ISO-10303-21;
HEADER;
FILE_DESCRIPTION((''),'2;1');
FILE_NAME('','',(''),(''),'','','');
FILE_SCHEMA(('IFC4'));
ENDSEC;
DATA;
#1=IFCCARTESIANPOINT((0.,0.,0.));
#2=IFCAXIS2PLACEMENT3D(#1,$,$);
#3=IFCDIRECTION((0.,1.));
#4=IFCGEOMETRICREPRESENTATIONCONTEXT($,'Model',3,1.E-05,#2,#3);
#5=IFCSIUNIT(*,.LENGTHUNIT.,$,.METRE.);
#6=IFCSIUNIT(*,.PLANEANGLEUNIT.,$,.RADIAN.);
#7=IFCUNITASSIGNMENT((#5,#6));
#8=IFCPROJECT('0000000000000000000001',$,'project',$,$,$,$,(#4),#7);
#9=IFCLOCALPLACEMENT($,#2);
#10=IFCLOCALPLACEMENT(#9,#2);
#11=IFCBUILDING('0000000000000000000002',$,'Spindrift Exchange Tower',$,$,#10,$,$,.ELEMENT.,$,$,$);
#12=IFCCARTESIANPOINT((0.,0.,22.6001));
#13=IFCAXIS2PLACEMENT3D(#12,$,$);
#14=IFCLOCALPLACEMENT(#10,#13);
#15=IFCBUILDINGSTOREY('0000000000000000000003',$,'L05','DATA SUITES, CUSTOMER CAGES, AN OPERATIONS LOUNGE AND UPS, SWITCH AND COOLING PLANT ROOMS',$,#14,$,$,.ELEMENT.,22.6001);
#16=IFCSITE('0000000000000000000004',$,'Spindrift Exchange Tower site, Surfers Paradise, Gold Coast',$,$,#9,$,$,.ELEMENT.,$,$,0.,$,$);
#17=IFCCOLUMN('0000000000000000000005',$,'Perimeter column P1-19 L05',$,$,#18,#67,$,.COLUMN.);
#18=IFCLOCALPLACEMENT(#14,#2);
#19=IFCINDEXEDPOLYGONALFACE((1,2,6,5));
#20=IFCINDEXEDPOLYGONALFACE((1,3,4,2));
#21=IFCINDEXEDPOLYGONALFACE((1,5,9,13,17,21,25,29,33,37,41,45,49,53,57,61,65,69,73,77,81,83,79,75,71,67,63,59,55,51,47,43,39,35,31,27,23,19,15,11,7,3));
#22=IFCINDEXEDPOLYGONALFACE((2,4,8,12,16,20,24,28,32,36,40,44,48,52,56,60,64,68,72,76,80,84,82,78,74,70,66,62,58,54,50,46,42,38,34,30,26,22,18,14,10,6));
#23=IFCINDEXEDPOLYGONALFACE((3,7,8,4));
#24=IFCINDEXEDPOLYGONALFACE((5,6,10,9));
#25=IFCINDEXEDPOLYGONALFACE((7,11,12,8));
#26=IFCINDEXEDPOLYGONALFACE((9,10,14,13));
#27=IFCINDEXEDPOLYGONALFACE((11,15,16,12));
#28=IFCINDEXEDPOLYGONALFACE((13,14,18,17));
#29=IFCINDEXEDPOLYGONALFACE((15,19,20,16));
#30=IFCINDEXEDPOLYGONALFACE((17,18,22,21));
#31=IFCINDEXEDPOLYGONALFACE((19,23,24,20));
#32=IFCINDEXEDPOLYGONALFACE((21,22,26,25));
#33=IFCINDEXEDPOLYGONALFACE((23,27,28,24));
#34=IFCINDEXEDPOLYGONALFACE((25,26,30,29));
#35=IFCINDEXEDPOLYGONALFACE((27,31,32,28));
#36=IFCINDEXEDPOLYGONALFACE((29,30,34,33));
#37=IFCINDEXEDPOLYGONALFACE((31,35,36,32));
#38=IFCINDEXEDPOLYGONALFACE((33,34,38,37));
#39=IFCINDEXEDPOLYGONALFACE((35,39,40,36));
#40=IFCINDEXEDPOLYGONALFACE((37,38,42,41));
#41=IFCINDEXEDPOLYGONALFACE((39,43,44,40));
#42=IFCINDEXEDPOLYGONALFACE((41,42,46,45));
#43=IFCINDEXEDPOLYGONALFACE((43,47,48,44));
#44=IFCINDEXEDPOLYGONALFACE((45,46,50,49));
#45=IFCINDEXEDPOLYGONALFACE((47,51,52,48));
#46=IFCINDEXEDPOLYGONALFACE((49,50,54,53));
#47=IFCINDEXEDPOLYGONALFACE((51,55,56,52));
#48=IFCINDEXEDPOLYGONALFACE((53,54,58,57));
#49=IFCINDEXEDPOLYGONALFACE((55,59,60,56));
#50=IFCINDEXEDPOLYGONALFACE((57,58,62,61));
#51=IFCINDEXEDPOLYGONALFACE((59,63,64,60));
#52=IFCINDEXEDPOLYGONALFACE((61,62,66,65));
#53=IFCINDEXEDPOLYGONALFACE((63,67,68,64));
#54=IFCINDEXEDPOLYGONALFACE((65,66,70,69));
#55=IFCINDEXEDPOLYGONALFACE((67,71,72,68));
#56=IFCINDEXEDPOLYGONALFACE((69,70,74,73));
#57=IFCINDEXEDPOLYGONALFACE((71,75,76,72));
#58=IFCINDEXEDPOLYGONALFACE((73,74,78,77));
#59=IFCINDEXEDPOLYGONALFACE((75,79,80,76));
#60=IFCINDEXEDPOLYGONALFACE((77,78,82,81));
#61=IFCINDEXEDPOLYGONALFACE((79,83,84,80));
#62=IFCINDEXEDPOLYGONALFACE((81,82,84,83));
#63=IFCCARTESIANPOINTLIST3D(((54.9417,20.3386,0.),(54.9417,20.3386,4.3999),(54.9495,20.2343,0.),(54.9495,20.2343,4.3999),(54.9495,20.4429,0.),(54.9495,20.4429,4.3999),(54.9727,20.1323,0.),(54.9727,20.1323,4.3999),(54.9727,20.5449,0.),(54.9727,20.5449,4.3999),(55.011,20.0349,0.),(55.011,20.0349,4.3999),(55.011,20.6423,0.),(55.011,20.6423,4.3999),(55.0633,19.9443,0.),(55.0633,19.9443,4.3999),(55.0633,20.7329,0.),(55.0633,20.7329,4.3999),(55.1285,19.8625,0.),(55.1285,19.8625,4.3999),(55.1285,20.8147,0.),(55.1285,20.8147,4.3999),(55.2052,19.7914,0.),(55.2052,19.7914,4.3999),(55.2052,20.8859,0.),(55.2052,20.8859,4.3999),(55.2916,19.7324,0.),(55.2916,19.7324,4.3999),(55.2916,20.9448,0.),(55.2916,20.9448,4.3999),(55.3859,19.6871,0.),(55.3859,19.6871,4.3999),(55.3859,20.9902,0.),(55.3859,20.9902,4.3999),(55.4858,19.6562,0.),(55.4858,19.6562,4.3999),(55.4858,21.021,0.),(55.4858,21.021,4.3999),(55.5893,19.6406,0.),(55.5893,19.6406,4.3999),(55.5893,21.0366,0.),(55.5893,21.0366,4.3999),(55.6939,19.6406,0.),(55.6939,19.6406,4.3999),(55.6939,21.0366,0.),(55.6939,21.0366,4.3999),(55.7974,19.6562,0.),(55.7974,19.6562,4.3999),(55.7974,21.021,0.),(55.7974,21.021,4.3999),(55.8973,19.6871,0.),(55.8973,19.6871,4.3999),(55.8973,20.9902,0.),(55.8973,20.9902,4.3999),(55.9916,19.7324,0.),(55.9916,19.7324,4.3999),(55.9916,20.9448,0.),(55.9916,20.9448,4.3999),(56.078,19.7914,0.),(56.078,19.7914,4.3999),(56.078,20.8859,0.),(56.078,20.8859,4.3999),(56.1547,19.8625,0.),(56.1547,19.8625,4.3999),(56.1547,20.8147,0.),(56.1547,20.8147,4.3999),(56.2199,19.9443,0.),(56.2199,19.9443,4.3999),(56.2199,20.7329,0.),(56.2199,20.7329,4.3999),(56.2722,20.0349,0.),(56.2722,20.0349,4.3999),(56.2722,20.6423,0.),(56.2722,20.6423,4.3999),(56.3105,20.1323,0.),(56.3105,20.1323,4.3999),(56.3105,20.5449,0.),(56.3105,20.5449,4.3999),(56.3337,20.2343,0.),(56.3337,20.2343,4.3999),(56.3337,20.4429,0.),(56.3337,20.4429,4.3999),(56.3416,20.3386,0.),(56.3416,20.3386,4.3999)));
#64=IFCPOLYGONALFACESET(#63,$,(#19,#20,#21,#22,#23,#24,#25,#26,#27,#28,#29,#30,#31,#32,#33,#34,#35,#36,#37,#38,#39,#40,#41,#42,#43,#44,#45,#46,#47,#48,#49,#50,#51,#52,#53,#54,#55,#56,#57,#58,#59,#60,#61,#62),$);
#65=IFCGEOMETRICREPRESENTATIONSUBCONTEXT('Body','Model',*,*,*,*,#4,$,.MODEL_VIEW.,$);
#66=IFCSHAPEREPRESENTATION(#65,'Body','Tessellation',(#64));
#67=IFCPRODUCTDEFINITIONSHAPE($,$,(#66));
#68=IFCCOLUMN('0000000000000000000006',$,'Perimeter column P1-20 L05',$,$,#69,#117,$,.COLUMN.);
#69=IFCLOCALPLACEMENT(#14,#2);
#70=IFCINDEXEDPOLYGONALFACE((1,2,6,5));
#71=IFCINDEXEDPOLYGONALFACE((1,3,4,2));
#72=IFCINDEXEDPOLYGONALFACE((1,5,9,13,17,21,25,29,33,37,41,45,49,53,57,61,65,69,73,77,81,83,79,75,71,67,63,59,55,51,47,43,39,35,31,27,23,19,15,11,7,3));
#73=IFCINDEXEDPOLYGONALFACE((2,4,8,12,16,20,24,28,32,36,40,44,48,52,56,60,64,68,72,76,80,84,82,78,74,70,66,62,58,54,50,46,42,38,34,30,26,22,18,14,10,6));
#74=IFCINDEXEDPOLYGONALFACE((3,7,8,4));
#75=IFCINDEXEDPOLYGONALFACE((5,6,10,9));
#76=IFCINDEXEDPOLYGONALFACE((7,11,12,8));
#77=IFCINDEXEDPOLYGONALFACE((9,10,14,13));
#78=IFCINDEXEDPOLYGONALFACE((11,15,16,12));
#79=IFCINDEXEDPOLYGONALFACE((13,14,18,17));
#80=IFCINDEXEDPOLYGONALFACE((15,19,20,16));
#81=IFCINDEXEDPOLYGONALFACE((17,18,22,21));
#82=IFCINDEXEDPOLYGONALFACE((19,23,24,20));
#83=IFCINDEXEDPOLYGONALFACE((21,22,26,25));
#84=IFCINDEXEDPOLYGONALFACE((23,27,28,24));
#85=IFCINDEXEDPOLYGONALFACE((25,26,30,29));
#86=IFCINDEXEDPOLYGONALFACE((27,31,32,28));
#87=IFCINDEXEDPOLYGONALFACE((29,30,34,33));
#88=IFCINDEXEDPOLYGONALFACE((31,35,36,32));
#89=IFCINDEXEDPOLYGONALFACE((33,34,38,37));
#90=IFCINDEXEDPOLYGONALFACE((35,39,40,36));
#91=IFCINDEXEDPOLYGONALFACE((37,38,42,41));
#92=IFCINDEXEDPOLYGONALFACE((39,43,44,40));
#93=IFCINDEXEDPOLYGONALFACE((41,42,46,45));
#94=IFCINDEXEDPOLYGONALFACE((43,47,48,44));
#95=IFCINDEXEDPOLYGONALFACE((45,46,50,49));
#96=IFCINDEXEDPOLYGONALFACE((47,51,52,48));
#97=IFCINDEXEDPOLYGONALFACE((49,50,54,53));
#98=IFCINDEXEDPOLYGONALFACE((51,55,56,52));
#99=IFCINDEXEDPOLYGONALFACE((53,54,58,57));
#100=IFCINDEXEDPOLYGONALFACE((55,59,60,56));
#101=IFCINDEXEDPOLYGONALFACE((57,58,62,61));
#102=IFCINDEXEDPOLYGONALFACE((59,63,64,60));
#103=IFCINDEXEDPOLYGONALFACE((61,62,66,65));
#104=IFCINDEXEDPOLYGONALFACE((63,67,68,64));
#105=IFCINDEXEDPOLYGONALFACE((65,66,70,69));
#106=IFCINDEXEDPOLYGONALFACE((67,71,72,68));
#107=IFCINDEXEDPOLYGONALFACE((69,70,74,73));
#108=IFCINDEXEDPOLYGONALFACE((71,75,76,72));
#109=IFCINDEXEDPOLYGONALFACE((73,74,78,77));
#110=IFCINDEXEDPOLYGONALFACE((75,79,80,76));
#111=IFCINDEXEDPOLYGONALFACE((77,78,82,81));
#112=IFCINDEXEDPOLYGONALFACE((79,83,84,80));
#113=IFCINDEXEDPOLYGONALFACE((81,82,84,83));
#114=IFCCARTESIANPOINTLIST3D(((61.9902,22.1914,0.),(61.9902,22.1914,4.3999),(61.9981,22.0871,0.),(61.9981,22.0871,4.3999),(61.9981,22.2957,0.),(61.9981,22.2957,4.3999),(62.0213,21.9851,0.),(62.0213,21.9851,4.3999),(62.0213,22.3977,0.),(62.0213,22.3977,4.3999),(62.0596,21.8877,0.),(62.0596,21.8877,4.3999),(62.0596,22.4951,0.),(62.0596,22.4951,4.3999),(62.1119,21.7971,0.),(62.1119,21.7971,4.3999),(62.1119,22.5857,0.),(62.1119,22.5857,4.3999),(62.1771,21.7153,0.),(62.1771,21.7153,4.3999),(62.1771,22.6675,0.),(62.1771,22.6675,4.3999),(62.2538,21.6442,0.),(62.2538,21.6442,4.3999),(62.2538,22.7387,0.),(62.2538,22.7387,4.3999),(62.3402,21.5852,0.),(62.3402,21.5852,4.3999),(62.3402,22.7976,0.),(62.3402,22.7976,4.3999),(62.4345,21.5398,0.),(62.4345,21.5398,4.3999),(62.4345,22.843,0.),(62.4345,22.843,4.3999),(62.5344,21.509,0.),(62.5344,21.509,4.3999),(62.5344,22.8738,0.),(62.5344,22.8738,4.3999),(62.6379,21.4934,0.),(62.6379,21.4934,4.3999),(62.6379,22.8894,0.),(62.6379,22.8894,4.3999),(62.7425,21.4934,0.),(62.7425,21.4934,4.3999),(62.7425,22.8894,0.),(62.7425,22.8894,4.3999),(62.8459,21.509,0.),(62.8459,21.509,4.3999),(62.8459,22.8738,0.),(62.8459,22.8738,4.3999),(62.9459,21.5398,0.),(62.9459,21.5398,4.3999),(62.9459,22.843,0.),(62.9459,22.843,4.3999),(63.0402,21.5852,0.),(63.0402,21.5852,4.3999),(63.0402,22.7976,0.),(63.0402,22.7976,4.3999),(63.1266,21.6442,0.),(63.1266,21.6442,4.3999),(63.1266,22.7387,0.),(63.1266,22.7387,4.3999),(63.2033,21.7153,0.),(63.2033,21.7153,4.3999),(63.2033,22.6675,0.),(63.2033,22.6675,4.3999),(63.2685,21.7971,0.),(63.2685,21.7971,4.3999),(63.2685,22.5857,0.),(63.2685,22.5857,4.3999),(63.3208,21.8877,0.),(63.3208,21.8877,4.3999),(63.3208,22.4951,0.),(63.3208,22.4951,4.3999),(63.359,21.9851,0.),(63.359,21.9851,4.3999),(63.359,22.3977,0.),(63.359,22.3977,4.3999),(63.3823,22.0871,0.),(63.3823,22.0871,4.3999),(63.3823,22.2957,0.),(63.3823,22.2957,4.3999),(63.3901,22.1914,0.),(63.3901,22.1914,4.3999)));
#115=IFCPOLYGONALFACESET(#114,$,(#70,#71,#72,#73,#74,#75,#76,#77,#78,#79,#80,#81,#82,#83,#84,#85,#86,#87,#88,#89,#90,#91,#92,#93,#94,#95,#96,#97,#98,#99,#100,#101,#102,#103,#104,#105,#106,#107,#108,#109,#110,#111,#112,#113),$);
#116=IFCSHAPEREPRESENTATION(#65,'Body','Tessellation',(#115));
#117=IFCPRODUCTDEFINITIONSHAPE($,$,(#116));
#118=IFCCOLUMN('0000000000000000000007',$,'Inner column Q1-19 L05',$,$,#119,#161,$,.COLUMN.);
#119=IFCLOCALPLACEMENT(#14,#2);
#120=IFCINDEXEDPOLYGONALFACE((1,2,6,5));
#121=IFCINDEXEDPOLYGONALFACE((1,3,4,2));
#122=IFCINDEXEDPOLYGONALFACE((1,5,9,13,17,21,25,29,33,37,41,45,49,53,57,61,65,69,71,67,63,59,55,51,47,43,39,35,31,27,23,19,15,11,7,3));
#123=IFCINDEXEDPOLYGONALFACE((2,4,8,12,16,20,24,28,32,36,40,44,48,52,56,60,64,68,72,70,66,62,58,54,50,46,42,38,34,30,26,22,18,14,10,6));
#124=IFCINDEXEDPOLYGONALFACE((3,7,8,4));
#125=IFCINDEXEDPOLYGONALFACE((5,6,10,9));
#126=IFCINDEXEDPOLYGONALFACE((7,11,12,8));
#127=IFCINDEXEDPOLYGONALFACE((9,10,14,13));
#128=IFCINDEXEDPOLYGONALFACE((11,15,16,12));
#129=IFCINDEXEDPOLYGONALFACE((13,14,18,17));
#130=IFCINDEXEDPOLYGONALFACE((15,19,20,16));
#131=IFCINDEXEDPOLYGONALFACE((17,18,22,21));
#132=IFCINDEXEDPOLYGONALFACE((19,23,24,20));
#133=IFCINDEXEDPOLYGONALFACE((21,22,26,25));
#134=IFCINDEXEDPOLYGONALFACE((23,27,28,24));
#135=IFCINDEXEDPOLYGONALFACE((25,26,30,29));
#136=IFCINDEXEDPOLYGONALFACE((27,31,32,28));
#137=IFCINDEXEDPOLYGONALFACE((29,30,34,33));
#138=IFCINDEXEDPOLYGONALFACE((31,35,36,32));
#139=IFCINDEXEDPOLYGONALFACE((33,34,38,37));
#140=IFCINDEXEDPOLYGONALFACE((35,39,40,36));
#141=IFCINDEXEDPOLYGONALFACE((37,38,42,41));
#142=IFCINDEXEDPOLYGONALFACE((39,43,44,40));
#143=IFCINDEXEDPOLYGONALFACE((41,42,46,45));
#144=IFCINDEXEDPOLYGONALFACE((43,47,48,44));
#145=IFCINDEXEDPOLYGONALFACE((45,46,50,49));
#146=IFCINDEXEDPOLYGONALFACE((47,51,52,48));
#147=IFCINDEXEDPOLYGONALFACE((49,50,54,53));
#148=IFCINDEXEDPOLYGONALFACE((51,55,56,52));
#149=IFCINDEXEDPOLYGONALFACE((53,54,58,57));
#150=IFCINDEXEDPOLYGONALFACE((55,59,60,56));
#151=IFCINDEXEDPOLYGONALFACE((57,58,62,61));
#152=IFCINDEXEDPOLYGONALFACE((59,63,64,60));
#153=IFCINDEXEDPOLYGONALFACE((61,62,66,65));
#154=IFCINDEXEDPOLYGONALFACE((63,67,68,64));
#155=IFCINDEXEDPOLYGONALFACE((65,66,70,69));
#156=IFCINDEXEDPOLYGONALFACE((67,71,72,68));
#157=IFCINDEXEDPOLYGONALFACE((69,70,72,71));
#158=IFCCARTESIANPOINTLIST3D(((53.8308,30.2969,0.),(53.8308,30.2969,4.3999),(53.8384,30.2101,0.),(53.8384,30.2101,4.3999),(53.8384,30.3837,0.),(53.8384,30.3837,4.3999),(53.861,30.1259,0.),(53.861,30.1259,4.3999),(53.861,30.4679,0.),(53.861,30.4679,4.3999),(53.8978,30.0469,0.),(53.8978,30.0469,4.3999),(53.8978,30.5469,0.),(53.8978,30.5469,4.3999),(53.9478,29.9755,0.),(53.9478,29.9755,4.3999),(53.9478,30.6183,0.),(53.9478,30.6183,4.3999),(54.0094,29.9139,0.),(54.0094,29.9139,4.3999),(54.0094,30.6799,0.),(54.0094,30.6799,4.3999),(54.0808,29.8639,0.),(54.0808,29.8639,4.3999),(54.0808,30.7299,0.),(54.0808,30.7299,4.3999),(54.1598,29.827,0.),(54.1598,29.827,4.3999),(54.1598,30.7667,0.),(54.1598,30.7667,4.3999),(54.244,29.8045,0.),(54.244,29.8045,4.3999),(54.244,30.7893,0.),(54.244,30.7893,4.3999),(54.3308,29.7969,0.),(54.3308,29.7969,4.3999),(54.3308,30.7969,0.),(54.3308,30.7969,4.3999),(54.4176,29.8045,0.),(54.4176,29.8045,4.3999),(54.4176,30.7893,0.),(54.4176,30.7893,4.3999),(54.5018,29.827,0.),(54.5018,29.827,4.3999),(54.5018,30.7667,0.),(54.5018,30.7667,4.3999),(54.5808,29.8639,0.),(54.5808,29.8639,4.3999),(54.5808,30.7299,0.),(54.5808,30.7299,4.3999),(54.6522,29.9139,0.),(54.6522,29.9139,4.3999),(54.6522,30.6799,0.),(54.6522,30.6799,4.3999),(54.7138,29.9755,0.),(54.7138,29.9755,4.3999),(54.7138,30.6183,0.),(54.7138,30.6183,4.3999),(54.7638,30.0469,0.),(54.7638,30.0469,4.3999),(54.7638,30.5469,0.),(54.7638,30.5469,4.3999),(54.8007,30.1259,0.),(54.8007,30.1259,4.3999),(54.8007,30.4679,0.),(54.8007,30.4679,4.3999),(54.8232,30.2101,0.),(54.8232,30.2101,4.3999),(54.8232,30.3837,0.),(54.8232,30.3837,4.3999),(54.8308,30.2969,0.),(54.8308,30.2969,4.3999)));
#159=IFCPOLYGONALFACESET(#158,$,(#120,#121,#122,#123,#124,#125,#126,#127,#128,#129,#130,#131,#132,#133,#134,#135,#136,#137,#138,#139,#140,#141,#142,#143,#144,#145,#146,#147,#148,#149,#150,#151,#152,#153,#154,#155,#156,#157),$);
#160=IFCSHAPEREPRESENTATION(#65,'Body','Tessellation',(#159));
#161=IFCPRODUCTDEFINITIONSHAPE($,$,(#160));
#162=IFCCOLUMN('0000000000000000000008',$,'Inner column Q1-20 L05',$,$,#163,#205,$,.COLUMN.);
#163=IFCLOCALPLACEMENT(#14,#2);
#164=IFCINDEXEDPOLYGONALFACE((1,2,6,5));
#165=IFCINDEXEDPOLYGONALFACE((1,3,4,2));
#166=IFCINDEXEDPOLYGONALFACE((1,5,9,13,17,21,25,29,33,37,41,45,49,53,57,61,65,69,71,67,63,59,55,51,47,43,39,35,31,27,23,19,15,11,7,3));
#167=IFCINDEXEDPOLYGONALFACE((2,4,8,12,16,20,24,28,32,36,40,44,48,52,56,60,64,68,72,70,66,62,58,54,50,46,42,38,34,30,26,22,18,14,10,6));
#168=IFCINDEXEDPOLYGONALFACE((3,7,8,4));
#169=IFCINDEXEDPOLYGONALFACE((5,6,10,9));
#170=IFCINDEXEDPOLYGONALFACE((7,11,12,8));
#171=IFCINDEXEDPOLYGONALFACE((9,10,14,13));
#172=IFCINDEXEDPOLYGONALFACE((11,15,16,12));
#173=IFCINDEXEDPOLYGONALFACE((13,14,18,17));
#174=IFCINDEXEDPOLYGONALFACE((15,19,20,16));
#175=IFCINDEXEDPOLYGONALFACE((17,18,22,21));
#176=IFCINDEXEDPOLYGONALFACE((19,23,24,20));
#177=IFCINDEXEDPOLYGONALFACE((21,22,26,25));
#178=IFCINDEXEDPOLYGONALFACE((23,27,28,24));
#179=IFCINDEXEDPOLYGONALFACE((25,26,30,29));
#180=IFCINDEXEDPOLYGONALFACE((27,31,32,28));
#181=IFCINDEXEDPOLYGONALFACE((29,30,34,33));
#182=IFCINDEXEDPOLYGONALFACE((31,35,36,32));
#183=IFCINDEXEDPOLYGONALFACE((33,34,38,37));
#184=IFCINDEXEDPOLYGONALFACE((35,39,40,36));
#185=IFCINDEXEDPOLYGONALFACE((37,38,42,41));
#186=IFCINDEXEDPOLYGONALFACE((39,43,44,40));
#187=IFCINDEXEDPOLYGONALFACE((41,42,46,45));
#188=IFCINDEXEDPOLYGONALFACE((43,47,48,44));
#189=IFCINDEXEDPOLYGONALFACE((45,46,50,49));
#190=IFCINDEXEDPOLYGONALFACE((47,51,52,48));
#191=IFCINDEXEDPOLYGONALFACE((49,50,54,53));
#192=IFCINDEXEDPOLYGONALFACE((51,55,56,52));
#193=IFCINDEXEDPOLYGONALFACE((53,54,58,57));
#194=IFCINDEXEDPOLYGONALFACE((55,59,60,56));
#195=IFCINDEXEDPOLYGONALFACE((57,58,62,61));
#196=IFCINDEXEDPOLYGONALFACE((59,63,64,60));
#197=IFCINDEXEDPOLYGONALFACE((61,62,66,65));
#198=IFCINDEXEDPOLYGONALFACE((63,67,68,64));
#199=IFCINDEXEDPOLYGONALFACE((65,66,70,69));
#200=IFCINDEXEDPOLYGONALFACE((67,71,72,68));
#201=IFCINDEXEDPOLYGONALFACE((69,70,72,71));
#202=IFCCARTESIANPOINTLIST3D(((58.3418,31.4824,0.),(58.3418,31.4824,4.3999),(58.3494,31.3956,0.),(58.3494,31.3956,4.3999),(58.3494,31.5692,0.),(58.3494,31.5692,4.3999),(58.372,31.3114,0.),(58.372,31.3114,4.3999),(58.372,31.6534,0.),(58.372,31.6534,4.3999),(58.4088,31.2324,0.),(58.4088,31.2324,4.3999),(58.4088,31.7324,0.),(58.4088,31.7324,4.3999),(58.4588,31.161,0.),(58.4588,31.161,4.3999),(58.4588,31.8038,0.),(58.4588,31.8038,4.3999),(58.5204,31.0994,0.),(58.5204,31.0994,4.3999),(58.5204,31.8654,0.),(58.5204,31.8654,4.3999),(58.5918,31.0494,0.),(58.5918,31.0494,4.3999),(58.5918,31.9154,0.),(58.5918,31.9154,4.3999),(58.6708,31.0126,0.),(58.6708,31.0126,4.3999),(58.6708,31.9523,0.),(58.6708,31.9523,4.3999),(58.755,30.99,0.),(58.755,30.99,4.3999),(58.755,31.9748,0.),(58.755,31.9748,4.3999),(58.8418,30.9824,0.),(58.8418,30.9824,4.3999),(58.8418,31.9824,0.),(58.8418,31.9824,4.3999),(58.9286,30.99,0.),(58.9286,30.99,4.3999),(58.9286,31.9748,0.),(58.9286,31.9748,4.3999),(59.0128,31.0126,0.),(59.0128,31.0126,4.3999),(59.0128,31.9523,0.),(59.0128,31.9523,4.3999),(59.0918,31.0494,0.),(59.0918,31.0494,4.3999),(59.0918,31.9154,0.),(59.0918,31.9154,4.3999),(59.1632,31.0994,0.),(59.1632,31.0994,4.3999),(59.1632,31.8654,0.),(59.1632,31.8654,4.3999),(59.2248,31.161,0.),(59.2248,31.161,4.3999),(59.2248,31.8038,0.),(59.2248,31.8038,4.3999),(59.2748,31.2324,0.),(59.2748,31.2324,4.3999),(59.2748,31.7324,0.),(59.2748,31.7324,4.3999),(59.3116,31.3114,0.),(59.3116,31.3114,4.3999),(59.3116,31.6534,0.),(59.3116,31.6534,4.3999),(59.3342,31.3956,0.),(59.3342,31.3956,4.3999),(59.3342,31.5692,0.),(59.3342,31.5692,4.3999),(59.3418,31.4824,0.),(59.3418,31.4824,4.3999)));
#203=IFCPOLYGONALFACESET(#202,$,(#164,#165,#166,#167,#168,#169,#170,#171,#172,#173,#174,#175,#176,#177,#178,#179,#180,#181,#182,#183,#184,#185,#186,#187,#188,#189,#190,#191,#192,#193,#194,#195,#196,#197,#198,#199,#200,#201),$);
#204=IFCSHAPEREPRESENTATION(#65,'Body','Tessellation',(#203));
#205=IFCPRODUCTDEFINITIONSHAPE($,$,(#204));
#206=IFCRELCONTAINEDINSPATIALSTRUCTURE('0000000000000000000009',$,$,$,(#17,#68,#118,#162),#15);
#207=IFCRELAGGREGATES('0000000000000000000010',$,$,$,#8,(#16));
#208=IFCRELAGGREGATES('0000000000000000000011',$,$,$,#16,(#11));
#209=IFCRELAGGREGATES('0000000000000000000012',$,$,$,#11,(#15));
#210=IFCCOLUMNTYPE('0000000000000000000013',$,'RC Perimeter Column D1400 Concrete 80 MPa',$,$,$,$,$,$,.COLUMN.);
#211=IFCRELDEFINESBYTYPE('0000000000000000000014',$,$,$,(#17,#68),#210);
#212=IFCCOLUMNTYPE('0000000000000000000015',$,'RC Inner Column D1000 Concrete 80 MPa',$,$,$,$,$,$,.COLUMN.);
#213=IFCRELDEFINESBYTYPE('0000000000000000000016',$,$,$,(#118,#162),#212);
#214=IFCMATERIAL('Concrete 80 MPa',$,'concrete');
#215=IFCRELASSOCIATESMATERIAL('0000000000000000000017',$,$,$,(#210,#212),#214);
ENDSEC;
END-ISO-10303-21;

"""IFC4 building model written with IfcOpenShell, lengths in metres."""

from ifc_helpers import new_model, si_unit, direction, frame, origin, origin_2d, place, context, subcontext, project, spatial, circle, extrude, source, transform, mapped, material, material_profile, profile_set, type_object, element, save


model = new_model("IFC4")

# Units and contexts
model_context = context("Model", 3, precision=1e-05, world=origin(), true_north=direction((0.0, 1.0)))
body_context = subcontext(model_context, "Body", "Model", "MODEL_VIEW")
ifc_project = project(units=[si_unit("LENGTHUNIT", "METRE"), si_unit("PLANEANGLEUNIT", "RADIAN")], contexts=[model_context])

# Site, building, storey
site_placement = place(None, origin())
site = spatial("IfcSite", under=ifc_project, at=site_placement, Name="Spindrift Exchange Tower site, Surfers Paradise, Gold Coast", CompositionType="ELEMENT", RefElevation=0.0)
building_placement = place(site_placement, origin())
building = spatial("IfcBuilding", under=site, at=building_placement, Name="Spindrift Exchange Tower", CompositionType="ELEMENT")
storey_placement = place(building_placement, frame((0.0, 0.0, 22.6001)))
storey = spatial("IfcBuildingStorey", under=building, at=storey_placement, Name="L05", Description="DATA SUITES, CUSTOMER CAGES, AN OPERATIONS LOUNGE AND UPS, SWITCH AND COOLING PLANT ROOMS", CompositionType="ELEMENT", Elevation=22.6001)

# Columns
ifc_material_1 = material(Name="Concrete 80 MPa", Category="concrete")
ifc_material_profile_1 = material_profile(ifc_material_1, circle(Radius=0.7, at=origin_2d()), Name="RC D1400")
ifc_profile_set_1 = profile_set([ifc_material_profile_1], Name="Concrete 80 MPa")
column_type_1 = type_object("IfcColumnType", Name="RC Perimeter Column D1400 Concrete 80 MPa", PredefinedType="COLUMN", material=ifc_profile_set_1)
shared_shape_1 = source(origin(), body_context, "Body", "SweptSolid", [
    extrude(circle(Radius=0.7, at=origin_2d()), origin(), (0.0, 0.0, 1.0), 4.3999),
])
for number, where, z_axis, x_axis, name in (
    (1, (55.6416, 20.3386, 0.0), (0.0, 0.0, 1.0), (1.0, 0.0, 0.0), "Perimeter column P1-19 L05"),
    (2, (62.6902, 22.1914, 0.0), (0.0, 0.0, 1.0), (1.0, 0.0, 0.0), "Perimeter column P1-20 L05"),
):
    element("IfcColumn", number, at=place(storey_placement, frame(where, z_axis=z_axis, x_axis=x_axis)), inside=storey, type_object=column_type_1, Name=name, PredefinedType="COLUMN", context=body_context, shape_type="MappedRepresentation", body=[
        mapped(shared_shape_1, transform((0.0, 0.0, 0.0), scale=1.0)),
    ])
ifc_material_profile_2 = material_profile(ifc_material_1, circle(Radius=0.5, at=origin_2d()), Name="RC D1000")
ifc_profile_set_2 = profile_set([ifc_material_profile_2], Name="Concrete 80 MPa")
column_type_2 = type_object("IfcColumnType", Name="RC Inner Column D1000 Concrete 80 MPa", PredefinedType="COLUMN", material=ifc_profile_set_2)
shared_shape_2 = source(origin(), body_context, "Body", "SweptSolid", [
    extrude(circle(Radius=0.5, at=origin_2d()), origin(), (0.0, 0.0, 1.0), 4.3999),
])
for number, where, z_axis, x_axis, name in (
    (3, (54.3308, 30.2969, 0.0), (0.0, 0.0, 1.0), (1.0, 0.0, 0.0), "Inner column Q1-19 L05"),
    (4, (58.8418, 31.4824, 0.0), (0.0, 0.0, 1.0), (1.0, 0.0, 0.0), "Inner column Q1-20 L05"),
):
    element("IfcColumn", number, at=place(storey_placement, frame(where, z_axis=z_axis, x_axis=x_axis)), inside=storey, type_object=column_type_2, Name=name, PredefinedType="COLUMN", context=body_context, shape_type="MappedRepresentation", body=[
        mapped(shared_shape_2, transform((0.0, 0.0, 0.0), scale=1.0)),
    ])

save(model, "model.ifc")
